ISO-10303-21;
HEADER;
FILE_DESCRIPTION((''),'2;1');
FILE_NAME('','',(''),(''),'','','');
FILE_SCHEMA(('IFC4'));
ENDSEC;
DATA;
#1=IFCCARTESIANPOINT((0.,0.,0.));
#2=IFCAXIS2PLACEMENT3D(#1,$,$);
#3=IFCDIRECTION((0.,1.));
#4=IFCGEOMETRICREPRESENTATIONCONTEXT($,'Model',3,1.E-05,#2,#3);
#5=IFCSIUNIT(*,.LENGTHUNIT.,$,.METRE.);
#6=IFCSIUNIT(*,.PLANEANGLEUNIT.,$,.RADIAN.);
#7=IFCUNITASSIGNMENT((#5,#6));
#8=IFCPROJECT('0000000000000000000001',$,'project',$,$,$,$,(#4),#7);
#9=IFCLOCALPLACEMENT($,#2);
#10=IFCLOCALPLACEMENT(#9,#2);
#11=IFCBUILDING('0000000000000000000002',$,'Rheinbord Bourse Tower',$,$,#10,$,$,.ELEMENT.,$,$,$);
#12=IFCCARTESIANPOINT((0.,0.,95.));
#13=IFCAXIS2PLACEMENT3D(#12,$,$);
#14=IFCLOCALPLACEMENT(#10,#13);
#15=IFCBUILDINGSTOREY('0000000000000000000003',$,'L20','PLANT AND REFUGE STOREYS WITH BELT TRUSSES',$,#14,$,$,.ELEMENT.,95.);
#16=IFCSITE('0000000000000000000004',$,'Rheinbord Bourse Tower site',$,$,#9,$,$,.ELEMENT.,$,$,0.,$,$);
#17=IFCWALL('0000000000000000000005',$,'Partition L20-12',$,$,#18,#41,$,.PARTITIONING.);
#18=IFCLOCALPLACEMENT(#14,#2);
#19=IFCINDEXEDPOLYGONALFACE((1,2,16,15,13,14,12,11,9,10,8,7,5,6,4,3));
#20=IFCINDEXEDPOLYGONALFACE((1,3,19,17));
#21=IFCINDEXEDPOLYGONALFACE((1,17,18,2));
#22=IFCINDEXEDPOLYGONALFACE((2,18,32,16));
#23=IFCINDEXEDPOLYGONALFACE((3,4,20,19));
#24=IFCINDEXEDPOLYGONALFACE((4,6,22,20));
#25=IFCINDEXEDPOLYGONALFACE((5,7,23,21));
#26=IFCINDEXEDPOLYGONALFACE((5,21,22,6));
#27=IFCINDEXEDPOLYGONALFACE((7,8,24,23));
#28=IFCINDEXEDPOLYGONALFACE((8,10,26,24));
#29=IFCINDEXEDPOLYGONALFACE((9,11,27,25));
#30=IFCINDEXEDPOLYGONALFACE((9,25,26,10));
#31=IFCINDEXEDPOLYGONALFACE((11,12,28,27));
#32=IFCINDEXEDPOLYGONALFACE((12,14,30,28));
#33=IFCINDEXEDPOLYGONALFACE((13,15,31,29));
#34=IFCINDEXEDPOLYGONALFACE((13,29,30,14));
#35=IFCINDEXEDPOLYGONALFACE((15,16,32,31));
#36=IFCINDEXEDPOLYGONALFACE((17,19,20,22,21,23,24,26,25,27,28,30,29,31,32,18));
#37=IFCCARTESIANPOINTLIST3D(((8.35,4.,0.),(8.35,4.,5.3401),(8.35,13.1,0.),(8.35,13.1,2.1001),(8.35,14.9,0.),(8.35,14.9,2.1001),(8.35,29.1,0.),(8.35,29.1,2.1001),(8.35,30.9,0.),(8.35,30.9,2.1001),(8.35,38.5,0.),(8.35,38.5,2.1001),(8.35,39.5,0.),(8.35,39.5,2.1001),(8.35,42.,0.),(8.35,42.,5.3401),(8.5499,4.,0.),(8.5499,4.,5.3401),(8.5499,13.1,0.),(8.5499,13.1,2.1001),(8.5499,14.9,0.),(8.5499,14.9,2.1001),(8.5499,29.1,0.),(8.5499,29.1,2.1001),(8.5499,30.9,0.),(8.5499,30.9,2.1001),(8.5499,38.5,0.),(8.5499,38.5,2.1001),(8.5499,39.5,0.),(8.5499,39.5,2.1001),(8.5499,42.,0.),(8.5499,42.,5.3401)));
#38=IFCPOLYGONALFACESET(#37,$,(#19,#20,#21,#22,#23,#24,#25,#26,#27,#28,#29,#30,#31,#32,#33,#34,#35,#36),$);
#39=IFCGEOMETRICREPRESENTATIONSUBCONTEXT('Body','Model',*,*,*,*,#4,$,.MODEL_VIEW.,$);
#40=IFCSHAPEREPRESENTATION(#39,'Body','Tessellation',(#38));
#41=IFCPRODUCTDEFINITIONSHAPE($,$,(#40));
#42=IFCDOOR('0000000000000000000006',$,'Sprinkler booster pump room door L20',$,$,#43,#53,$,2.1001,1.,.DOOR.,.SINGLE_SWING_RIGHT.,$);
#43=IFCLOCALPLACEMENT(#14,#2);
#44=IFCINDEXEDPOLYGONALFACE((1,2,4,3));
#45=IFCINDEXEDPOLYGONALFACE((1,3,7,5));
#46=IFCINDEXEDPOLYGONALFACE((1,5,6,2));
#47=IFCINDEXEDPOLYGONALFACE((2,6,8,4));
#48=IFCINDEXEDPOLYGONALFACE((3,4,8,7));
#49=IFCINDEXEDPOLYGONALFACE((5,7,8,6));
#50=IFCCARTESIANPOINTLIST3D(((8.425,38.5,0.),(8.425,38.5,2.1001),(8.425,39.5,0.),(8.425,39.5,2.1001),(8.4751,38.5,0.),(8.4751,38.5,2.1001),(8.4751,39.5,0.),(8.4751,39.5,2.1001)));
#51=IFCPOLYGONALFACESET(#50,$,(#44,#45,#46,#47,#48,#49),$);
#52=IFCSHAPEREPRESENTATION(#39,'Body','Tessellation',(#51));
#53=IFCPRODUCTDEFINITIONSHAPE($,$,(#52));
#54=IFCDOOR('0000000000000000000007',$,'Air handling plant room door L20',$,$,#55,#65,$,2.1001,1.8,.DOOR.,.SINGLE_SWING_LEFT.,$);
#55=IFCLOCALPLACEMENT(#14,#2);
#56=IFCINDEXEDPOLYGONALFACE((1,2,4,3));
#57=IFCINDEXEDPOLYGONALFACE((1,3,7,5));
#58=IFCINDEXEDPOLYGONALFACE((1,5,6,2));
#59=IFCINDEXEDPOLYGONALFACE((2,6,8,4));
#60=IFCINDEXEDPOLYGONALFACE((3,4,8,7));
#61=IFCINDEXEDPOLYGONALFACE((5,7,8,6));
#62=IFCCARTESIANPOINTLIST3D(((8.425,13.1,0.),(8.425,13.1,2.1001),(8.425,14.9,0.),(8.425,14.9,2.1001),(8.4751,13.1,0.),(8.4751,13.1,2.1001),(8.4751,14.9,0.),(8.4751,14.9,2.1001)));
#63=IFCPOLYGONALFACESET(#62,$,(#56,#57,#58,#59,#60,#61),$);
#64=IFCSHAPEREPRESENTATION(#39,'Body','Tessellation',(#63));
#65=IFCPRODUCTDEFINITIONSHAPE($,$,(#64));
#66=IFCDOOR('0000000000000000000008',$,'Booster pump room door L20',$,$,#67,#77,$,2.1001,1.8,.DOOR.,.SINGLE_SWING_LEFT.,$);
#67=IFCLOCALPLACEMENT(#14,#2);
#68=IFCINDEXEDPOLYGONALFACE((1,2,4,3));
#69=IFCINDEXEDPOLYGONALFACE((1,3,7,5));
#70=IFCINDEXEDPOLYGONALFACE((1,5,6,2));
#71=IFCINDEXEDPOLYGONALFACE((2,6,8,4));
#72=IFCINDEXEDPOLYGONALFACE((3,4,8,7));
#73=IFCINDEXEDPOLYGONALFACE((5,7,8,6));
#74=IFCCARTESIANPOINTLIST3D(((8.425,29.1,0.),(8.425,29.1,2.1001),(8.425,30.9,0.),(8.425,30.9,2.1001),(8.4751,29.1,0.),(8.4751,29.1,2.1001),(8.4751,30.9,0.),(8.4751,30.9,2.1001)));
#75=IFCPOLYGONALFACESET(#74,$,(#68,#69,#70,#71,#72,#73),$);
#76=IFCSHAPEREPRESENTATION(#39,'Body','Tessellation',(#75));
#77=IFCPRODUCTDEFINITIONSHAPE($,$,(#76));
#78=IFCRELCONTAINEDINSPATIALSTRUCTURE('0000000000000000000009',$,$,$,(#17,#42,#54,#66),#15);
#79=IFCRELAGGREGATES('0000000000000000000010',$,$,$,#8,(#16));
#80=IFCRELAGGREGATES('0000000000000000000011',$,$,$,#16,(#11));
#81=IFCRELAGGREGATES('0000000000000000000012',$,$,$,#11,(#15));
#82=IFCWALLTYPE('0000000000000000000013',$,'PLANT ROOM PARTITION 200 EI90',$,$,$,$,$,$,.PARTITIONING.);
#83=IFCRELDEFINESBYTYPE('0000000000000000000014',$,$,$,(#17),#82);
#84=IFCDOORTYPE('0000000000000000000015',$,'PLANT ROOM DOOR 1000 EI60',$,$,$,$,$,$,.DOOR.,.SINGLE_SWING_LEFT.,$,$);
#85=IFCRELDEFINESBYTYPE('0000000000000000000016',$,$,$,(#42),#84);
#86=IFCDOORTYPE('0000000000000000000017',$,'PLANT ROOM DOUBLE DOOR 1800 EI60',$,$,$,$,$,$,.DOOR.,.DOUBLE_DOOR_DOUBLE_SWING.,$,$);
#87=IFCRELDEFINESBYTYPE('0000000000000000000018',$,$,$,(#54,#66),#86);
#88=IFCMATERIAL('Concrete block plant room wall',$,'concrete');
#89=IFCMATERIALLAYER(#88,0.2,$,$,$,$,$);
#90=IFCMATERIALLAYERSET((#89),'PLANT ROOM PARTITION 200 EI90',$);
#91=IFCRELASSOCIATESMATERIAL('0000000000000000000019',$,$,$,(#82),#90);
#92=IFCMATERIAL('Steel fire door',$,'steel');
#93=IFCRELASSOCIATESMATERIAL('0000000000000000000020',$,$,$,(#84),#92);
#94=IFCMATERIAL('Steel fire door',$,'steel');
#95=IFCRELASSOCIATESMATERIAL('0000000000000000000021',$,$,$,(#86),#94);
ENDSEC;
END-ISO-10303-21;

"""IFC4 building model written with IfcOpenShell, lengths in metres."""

from ifc_helpers import new_model, si_unit, direction, frame, frame_2d, origin, place, context, subcontext, project, spatial, rectangle, extrude, material, layer, layer_set, type_object, element, fill, save


model = new_model("IFC4")

# Units and contexts
model_context = context("Model", 3, precision=1e-05, world=origin(), true_north=direction((0.0, 1.0)))
body_context = subcontext(model_context, "Body", "Model", "MODEL_VIEW")
ifc_project = project(units=[si_unit("LENGTHUNIT", "METRE"), si_unit("PLANEANGLEUNIT", "RADIAN")], contexts=[model_context])

# Site, building, storey
site_placement = place(None, origin())
site = spatial("IfcSite", under=ifc_project, at=site_placement, Name="Rheinbord Bourse Tower site", CompositionType="ELEMENT", RefElevation=0.0)
building_placement = place(site_placement, origin())
building = spatial("IfcBuilding", under=site, at=building_placement, Name="Rheinbord Bourse Tower", CompositionType="ELEMENT")
storey_placement = place(building_placement, frame((0.0, 0.0, 95.0)))
storey = spatial("IfcBuildingStorey", under=building, at=storey_placement, Name="L20", Description="PLANT AND REFUGE STOREYS WITH BELT TRUSSES", CompositionType="ELEMENT", Elevation=95.0)

# Shared definitions
ifc_material_1 = material(Name="Concrete block plant room wall", Category="concrete")
ifc_layer_1 = layer(ifc_material_1, 0.2)
ifc_layer_set_1 = layer_set([ifc_layer_1], Name="PLANT ROOM PARTITION 200 EI90")
wall_type_1 = type_object("IfcWallType", Name="PLANT ROOM PARTITION 200 EI90", PredefinedType="PARTITIONING", material=ifc_layer_set_1)

# Wall, openings, doors
wall_1_placement = place(storey_placement, frame((8.45, 4.0, 0.0), z_axis=(0.0, 0.0, 1.0), x_axis=(0.0, 1.0, 0.0)))
wall_1 = element("IfcWall", 1, at=wall_1_placement, inside=storey, type_object=wall_type_1, Name="Partition L20-12", PredefinedType="PARTITIONING", context=body_context, shape_type="SweptSolid", body=[
    extrude(rectangle(XDim=38.0, YDim=0.2, at=frame_2d((19.0, 0.0))), origin(), (0.0, 0.0, 1.0), 5.3401),
])
opening_1_placement = place(wall_1_placement, frame((9.1001, 0.0, 0.0)))
opening_1 = element("IfcOpeningElement", 2, at=opening_1_placement, cuts=wall_1, PredefinedType="OPENING", context=body_context, shape_type="SweptSolid", body=[
    extrude(rectangle(XDim=1.8, YDim=2.1001, at=frame_2d((0.8999, 1.05))), frame((0.0, 0.1099, 0.0), z_axis=(0.0, -1.0, 0.0), x_axis=(1.0, 0.0, 0.0)), (0.0, 0.0, 1.0), 0.22),
])
opening_2_placement = place(wall_1_placement, frame((25.1001, 0.0, 0.0)))
opening_2 = element("IfcOpeningElement", 3, at=opening_2_placement, cuts=wall_1, PredefinedType="OPENING", context=body_context, shape_type="SweptSolid", body=[
    extrude(rectangle(XDim=1.8, YDim=2.1001, at=frame_2d((0.8999, 1.05))), frame((0.0, 0.1099, 0.0), z_axis=(0.0, -1.0, 0.0), x_axis=(1.0, 0.0, 0.0)), (0.0, 0.0, 1.0), 0.22),
])
opening_3_placement = place(wall_1_placement, frame((34.5, 0.0, 0.0)))
opening_3 = element("IfcOpeningElement", 4, at=opening_3_placement, cuts=wall_1, PredefinedType="OPENING", context=body_context, shape_type="SweptSolid", body=[
    extrude(rectangle(XDim=1.0, YDim=2.1001, at=frame_2d((0.5, 1.05))), frame((0.0, 0.1099, 0.0), z_axis=(0.0, -1.0, 0.0), x_axis=(1.0, 0.0, 0.0)), (0.0, 0.0, 1.0), 0.22),
])
ifc_material_2 = material(Name="Steel fire door", Category="steel")
door_type_1 = type_object("IfcDoorType", Name="PLANT ROOM DOOR 1000 EI60", OperationType="SINGLE_SWING_LEFT", PredefinedType="DOOR", material=ifc_material_2)
door_1_placement = place(opening_3_placement, origin())
door_1 = element("IfcDoor", 5, at=door_1_placement, inside=storey, type_object=door_type_1, Name="Sprinkler booster pump room door L20", OperationType="SINGLE_SWING_RIGHT", OverallHeight=2.1001, OverallWidth=1.0, PredefinedType="DOOR", context=body_context, shape_type="SweptSolid", body=[
    extrude(rectangle(XDim=1.0, YDim=2.1001, at=frame_2d((0.5, 1.05))), frame((0.0, 0.0249, 0.0), z_axis=(0.0, -1.0, 0.0), x_axis=(1.0, 0.0, 0.0)), (0.0, 0.0, 1.0), 0.05),
])
fill(opening_3, door_1)
ifc_material_3 = material(Name="Steel fire door", Category="steel")
door_type_2 = type_object("IfcDoorType", Name="PLANT ROOM DOUBLE DOOR 1800 EI60", OperationType="DOUBLE_DOOR_DOUBLE_SWING", PredefinedType="DOOR", material=ifc_material_3)
door_2_placement = place(opening_1_placement, origin())
door_2 = element("IfcDoor", 6, at=door_2_placement, inside=storey, type_object=door_type_2, Name="Air handling plant room door L20", OperationType="SINGLE_SWING_LEFT", OverallHeight=2.1001, OverallWidth=1.8, PredefinedType="DOOR", context=body_context, shape_type="SweptSolid", body=[
    extrude(rectangle(XDim=1.8, YDim=2.1001, at=frame_2d((0.8999, 1.05))), frame((0.0, 0.0249, 0.0), z_axis=(0.0, -1.0, 0.0), x_axis=(1.0, 0.0, 0.0)), (0.0, 0.0, 1.0), 0.05),
])
fill(opening_1, door_2)
door_3_placement = place(opening_2_placement, origin())
door_3 = element("IfcDoor", 7, at=door_3_placement, inside=storey, type_object=door_type_2, Name="Booster pump room door L20", OperationType="SINGLE_SWING_LEFT", OverallHeight=2.1001, OverallWidth=1.8, PredefinedType="DOOR", context=body_context, shape_type="SweptSolid", body=[
    extrude(rectangle(XDim=1.8, YDim=2.1001, at=frame_2d((0.8999, 1.05))), frame((0.0, 0.0249, 0.0), z_axis=(0.0, -1.0, 0.0), x_axis=(1.0, 0.0, 0.0)), (0.0, 0.0, 1.0), 0.05),
])
fill(opening_2, door_3)

save(model, "model.ifc")
